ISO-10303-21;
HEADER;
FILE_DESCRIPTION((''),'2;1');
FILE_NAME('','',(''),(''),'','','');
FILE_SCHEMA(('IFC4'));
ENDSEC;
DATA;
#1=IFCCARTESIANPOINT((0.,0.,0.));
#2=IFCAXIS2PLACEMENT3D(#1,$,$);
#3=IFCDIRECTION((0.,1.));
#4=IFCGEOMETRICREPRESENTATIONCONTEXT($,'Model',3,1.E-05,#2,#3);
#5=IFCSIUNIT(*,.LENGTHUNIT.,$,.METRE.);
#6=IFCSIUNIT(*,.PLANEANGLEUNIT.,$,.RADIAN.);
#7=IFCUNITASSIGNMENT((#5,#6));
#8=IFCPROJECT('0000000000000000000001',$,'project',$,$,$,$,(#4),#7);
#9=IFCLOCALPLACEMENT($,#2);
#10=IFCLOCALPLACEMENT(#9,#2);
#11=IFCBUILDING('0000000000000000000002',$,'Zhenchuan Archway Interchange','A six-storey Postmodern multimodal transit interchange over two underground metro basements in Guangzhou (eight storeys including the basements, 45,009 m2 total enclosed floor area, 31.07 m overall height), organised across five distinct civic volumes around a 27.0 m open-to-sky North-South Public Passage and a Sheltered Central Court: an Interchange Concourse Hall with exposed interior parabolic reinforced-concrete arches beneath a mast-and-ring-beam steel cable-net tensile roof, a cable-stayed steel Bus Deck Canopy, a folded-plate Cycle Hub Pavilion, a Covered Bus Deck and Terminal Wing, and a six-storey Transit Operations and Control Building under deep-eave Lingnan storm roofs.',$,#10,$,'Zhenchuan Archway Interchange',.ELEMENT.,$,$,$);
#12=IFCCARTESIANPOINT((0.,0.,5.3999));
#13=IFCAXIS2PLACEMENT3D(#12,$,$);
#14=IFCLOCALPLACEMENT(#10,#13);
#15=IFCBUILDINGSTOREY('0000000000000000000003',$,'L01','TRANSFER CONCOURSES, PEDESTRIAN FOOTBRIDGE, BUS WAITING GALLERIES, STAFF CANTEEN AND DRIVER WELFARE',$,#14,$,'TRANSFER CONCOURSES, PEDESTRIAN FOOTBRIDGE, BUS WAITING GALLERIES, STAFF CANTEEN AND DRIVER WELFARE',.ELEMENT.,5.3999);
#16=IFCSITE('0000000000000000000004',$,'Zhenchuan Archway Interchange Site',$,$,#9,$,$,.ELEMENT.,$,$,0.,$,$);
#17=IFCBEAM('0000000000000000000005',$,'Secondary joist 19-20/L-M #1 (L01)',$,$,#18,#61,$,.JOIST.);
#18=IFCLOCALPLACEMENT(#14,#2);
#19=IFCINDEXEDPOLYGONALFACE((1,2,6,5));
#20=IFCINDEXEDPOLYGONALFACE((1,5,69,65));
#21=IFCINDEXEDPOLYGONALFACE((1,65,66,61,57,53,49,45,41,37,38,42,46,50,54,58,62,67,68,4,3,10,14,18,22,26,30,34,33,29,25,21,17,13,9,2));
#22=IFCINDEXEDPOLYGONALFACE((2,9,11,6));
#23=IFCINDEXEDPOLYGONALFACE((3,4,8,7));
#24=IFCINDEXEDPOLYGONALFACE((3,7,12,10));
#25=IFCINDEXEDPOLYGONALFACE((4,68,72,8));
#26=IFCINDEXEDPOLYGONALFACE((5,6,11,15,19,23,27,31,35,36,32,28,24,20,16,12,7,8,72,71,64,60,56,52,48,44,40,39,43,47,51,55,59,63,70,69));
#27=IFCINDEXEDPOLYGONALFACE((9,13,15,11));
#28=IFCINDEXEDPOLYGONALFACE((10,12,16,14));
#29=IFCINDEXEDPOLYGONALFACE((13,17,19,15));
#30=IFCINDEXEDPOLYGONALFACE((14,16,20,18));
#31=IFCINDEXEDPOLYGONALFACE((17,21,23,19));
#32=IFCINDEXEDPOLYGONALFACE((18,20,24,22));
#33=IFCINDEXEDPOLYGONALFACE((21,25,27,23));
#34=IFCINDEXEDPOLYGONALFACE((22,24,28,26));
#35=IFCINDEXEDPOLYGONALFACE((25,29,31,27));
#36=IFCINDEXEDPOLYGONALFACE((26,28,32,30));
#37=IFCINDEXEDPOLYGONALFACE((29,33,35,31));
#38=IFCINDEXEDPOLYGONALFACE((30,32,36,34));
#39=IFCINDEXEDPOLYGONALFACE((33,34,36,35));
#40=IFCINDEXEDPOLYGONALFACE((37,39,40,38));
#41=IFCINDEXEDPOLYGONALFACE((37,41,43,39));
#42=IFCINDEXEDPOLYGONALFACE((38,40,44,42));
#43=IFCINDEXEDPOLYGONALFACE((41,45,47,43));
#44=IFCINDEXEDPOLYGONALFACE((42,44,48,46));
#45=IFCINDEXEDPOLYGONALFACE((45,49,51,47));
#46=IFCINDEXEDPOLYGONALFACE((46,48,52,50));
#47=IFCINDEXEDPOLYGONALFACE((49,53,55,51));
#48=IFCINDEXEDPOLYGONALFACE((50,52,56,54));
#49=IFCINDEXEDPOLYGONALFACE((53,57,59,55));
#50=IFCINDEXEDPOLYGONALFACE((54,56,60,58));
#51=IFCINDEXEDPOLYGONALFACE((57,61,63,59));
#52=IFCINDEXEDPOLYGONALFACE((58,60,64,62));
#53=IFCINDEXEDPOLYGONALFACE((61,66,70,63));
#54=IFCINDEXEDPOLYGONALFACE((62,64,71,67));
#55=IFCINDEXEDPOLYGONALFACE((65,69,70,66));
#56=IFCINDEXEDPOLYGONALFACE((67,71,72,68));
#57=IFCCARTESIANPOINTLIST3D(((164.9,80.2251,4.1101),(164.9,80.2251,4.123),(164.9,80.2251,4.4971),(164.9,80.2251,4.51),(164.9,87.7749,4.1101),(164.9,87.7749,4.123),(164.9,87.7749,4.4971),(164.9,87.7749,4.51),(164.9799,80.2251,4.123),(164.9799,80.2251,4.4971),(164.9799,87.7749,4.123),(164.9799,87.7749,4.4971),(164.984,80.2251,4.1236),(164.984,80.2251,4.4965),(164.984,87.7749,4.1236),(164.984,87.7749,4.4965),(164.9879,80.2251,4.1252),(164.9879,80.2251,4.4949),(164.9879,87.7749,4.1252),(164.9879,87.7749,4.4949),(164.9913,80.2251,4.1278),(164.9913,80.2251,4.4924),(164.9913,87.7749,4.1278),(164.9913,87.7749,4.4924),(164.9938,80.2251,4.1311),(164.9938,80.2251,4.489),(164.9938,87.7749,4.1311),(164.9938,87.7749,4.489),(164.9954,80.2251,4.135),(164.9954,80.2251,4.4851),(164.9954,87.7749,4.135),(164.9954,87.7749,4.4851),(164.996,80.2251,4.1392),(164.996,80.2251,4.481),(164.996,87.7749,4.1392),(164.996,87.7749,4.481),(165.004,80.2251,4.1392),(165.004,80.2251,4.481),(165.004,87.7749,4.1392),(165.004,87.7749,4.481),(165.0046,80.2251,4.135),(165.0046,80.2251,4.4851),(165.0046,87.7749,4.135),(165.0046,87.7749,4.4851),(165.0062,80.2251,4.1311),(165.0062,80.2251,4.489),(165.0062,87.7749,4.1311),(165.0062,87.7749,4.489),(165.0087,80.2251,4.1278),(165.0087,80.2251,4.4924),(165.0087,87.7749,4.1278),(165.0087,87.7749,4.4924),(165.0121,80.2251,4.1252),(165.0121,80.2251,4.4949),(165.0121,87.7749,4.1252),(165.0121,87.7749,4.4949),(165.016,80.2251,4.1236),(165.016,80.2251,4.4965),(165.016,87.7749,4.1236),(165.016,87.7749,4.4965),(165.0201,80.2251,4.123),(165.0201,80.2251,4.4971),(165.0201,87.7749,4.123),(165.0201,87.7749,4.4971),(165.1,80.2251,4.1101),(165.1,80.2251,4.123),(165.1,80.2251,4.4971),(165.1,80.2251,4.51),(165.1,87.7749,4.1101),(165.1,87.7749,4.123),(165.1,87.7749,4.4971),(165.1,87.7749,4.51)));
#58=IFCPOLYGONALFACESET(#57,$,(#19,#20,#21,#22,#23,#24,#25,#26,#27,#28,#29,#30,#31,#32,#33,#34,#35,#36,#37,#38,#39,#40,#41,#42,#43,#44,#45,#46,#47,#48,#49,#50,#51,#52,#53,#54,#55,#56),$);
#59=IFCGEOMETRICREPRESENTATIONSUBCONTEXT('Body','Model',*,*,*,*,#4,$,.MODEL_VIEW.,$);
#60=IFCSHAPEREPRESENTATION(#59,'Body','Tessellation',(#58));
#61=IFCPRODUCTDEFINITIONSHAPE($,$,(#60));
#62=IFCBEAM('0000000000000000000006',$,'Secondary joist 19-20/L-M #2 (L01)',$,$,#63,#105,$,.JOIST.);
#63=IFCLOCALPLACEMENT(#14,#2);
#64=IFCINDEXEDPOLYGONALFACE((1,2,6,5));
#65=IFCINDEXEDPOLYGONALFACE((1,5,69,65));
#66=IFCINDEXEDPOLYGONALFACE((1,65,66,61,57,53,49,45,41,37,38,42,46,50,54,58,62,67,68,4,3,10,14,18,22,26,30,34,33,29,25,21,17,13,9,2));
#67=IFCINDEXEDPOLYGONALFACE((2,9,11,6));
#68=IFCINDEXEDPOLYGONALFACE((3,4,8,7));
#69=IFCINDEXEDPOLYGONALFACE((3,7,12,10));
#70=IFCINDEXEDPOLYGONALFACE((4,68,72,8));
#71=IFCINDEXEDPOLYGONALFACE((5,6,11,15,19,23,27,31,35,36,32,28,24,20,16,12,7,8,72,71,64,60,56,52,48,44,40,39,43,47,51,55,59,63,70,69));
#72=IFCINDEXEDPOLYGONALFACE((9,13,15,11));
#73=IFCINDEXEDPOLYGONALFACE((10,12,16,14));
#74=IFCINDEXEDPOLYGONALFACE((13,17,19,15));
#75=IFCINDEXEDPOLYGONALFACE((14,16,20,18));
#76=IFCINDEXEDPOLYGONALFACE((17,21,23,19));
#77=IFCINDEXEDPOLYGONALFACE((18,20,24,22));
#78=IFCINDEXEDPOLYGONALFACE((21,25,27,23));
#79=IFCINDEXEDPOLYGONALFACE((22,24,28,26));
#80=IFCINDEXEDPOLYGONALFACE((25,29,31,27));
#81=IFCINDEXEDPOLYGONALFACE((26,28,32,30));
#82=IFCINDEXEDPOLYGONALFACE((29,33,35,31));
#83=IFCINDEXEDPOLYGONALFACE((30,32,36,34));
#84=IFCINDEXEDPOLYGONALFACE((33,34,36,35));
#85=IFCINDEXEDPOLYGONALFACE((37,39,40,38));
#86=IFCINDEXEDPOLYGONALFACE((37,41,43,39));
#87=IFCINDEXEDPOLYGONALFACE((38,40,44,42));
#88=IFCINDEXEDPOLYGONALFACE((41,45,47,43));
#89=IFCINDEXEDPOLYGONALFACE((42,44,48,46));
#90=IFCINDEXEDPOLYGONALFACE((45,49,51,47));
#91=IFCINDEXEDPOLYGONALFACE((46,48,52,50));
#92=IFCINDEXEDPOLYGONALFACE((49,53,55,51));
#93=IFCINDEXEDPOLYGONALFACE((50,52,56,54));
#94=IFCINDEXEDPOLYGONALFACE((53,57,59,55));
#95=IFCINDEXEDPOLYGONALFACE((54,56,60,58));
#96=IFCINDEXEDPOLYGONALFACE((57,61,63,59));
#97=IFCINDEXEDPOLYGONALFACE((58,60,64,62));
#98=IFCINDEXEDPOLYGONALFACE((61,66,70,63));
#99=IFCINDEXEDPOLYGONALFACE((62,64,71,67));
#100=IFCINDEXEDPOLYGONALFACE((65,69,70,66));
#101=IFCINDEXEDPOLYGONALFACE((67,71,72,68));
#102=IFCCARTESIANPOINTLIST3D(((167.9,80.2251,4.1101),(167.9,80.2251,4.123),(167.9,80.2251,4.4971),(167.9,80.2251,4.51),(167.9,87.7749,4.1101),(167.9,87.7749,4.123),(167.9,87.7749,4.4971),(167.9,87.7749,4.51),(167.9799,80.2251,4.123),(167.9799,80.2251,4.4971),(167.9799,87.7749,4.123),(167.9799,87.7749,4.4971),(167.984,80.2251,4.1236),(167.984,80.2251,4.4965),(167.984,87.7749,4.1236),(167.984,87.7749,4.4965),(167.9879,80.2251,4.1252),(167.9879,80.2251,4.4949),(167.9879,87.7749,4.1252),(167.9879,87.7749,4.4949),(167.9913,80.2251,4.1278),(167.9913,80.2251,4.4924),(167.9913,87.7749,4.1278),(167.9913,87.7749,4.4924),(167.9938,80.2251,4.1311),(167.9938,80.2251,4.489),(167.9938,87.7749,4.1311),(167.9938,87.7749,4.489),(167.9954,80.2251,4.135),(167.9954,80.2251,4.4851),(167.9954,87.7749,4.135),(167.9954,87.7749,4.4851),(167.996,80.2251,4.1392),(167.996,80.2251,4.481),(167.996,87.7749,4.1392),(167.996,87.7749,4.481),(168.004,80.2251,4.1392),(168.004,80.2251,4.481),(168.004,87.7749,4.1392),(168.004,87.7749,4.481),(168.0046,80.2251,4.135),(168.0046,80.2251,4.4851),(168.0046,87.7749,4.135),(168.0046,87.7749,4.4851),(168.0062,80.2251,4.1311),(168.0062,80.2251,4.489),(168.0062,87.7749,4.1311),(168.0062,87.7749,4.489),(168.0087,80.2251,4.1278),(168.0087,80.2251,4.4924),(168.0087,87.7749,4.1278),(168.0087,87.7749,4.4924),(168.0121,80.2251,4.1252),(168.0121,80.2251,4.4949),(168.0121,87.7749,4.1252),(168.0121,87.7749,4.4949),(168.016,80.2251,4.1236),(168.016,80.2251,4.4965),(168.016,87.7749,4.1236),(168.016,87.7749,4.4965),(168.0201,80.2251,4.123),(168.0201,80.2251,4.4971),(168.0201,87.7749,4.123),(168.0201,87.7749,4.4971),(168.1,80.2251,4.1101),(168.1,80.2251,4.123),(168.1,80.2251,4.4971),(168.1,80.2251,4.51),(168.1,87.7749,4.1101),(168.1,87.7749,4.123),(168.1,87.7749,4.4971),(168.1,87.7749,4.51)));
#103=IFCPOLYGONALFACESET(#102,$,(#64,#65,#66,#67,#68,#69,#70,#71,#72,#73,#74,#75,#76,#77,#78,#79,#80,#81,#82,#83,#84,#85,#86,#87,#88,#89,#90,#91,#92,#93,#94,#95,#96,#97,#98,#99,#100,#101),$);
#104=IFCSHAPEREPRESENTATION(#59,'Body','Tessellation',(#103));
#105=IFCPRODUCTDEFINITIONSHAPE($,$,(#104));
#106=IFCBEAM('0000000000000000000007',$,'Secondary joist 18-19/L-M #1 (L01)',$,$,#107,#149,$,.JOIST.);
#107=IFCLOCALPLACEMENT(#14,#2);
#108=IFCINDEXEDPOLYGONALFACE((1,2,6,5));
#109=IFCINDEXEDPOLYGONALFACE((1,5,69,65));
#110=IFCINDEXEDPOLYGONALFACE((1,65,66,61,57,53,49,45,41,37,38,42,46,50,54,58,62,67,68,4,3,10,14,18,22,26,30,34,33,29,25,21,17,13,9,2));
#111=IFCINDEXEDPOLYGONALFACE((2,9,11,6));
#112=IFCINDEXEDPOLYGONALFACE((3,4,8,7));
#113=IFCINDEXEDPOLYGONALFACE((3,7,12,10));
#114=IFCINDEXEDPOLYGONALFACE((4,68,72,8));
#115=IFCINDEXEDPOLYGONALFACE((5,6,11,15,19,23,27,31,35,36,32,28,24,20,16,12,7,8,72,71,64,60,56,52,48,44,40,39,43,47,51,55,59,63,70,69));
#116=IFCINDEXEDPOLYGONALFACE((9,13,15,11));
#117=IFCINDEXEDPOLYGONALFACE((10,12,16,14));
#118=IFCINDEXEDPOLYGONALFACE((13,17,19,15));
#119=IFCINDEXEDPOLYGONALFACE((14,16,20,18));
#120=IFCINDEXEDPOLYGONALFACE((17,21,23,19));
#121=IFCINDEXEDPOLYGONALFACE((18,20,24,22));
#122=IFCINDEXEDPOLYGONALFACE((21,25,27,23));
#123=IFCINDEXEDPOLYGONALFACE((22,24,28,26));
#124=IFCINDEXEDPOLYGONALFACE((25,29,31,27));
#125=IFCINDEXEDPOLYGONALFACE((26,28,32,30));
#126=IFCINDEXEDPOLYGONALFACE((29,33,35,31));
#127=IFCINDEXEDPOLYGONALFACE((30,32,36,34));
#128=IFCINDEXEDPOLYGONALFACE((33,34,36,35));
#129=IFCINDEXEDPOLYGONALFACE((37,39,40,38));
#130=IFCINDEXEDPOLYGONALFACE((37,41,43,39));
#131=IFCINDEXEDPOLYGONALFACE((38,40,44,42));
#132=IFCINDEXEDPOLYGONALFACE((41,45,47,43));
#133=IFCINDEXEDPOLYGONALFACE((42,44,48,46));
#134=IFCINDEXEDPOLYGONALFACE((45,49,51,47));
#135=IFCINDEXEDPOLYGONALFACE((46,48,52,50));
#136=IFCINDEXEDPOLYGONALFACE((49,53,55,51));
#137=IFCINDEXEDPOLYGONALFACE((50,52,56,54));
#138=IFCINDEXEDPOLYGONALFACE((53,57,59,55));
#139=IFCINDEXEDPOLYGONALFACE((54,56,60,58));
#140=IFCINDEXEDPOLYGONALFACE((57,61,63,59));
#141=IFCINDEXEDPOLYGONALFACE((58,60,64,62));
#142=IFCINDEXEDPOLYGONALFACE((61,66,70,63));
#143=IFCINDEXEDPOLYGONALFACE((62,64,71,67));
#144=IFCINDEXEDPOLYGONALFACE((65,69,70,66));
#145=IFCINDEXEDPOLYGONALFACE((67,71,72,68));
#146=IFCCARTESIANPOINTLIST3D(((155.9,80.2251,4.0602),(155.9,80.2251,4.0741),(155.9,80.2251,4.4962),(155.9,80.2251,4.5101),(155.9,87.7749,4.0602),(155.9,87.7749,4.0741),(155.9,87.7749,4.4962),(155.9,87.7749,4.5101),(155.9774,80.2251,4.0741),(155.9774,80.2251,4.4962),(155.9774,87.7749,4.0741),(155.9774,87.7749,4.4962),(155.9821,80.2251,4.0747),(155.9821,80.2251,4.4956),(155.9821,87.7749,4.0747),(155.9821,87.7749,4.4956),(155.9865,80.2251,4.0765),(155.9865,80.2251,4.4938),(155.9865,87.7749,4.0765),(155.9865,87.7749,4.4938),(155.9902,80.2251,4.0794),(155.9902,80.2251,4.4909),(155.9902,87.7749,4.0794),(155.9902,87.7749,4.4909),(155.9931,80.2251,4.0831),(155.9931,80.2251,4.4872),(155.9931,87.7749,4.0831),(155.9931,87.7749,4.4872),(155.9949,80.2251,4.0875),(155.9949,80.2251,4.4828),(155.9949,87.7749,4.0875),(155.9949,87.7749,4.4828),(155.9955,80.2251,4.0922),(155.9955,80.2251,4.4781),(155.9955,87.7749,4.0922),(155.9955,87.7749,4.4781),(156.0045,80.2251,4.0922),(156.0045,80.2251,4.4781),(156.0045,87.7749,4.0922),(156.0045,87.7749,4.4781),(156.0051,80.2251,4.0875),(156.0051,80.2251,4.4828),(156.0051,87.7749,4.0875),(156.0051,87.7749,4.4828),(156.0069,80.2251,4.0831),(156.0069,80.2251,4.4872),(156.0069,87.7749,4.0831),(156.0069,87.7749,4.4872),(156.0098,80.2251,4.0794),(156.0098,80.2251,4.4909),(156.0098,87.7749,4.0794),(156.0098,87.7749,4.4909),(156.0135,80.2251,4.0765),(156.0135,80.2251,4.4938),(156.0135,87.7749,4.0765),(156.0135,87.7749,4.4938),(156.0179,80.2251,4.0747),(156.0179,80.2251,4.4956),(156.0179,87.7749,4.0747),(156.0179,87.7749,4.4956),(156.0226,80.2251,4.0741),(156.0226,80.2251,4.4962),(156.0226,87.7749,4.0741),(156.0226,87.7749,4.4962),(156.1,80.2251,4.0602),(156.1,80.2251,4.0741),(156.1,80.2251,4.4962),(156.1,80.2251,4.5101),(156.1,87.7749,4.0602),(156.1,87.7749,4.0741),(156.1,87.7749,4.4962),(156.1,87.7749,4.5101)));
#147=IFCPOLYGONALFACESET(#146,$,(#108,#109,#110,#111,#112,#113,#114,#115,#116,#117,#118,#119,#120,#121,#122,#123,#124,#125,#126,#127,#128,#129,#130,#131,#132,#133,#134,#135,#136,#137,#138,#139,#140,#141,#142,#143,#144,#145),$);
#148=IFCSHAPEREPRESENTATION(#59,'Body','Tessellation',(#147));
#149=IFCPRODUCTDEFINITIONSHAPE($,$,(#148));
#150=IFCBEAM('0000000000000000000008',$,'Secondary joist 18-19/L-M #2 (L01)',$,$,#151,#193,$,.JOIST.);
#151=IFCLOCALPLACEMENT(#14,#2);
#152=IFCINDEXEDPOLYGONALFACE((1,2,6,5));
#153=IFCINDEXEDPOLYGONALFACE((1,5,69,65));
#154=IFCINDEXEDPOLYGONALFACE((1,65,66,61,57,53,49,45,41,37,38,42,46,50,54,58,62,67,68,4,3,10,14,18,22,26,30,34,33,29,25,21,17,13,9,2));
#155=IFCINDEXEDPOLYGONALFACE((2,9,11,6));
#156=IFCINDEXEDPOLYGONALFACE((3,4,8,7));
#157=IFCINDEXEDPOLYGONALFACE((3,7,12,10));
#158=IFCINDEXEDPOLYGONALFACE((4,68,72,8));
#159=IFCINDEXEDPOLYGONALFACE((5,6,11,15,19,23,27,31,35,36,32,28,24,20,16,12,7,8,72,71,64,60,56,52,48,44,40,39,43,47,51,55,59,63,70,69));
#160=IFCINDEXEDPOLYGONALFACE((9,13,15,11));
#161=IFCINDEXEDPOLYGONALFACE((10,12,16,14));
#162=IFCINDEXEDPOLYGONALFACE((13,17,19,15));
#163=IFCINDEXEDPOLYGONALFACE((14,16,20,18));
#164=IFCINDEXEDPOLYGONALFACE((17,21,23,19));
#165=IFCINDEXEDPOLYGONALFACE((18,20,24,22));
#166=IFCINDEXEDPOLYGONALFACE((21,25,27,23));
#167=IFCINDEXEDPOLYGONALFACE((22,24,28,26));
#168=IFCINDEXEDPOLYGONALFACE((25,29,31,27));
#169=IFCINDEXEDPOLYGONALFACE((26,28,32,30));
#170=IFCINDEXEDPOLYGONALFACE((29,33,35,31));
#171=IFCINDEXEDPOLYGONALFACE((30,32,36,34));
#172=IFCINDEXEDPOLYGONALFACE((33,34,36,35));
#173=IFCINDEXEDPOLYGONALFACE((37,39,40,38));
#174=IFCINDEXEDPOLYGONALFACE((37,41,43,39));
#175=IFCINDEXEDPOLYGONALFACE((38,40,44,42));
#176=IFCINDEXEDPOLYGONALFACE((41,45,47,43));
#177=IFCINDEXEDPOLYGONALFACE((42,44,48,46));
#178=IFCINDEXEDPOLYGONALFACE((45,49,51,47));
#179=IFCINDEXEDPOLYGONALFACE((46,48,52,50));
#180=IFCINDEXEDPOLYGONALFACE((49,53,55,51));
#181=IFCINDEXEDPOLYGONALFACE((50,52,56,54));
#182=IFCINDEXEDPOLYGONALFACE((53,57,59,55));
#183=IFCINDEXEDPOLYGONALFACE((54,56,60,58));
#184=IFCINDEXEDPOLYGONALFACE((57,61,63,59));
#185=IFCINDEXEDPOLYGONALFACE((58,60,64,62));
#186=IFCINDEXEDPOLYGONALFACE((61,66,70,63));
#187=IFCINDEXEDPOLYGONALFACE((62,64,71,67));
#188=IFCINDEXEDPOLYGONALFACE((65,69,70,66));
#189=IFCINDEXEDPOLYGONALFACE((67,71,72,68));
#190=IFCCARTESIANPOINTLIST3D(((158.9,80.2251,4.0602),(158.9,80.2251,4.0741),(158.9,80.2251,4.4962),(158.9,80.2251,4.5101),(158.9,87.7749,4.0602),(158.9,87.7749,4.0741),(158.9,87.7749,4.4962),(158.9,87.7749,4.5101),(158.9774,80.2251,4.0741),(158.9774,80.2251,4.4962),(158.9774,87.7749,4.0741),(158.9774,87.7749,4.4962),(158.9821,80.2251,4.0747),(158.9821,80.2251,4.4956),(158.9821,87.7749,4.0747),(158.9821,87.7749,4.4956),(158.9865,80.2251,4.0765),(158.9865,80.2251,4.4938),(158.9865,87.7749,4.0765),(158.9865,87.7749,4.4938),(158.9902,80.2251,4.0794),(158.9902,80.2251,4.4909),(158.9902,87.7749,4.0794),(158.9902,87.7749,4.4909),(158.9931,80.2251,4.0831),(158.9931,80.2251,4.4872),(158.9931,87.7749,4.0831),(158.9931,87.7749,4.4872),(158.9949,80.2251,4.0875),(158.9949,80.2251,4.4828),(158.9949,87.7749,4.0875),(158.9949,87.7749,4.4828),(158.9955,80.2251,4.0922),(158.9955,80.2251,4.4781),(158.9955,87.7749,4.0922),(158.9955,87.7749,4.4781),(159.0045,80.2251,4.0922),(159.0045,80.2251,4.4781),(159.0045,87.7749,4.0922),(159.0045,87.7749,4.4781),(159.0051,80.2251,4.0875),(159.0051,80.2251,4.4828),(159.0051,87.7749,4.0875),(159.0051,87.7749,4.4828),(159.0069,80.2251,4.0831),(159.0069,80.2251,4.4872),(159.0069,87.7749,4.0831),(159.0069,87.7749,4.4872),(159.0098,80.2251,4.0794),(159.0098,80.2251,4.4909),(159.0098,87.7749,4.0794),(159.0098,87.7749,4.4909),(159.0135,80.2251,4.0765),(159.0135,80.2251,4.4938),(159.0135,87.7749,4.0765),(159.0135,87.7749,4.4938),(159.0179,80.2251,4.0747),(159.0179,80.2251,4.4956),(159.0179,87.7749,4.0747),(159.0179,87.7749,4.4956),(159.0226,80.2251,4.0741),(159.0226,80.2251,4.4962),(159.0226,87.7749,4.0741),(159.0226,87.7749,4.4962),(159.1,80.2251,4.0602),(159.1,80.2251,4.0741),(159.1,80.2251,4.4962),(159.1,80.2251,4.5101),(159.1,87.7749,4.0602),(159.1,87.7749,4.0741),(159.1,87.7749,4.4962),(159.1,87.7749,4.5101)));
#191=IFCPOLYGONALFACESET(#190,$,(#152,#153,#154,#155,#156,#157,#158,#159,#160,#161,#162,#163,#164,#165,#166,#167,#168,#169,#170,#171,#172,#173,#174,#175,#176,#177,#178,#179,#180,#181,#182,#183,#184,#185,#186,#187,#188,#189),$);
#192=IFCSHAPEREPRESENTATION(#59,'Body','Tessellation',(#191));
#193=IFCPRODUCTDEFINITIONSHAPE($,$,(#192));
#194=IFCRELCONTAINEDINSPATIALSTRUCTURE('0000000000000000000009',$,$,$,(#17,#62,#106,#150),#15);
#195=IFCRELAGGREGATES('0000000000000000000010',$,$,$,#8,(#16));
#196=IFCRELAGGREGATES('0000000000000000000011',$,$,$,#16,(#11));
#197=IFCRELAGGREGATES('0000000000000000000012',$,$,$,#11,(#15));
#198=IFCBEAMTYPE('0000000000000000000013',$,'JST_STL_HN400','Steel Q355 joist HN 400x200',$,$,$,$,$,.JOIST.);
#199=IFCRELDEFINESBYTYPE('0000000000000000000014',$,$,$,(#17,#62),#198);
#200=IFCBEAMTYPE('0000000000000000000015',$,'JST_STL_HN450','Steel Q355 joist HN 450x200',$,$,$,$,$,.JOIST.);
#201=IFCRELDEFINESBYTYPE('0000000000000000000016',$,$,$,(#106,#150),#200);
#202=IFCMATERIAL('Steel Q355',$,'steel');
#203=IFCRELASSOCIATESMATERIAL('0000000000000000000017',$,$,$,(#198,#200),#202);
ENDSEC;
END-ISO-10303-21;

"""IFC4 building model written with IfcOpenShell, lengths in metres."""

from ifc_helpers import new_model, si_unit, direction, frame, origin, origin_2d, place, context, subcontext, project, spatial, i_section, extrude, material, material_profile, profile_set, type_object, element, save


model = new_model("IFC4")

# Units and contexts
model_context = context("Model", 3, precision=1e-05, world=origin(), true_north=direction((0.0, 1.0)))
body_context = subcontext(model_context, "Body", "Model", "MODEL_VIEW")
ifc_project = project(units=[si_unit("LENGTHUNIT", "METRE"), si_unit("PLANEANGLEUNIT", "RADIAN")], contexts=[model_context])

# Site, building, storey
site_placement = place(None, origin())
site = spatial("IfcSite", under=ifc_project, at=site_placement, Name="Zhenchuan Archway Interchange Site", CompositionType="ELEMENT", RefElevation=0.0)
building_placement = place(site_placement, origin())
building = spatial("IfcBuilding", under=site, at=building_placement, Name="Zhenchuan Archway Interchange", Description="A six-storey Postmodern multimodal transit interchange over two underground metro basements in Guangzhou (eight storeys including the basements, 45,009 m2 total enclosed floor area, 31.07 m overall height), organised across five distinct civic volumes around a 27.0 m open-to-sky North-South Public Passage and a Sheltered Central Court: an Interchange Concourse Hall with exposed interior parabolic reinforced-concrete arches beneath a mast-and-ring-beam steel cable-net tensile roof, a cable-stayed steel Bus Deck Canopy, a folded-plate Cycle Hub Pavilion, a Covered Bus Deck and Terminal Wing, and a six-storey Transit Operations and Control Building under deep-eave Lingnan storm roofs.", LongName="Zhenchuan Archway Interchange", CompositionType="ELEMENT")
storey_placement = place(building_placement, frame((0.0, 0.0, 5.3999)))
storey = spatial("IfcBuildingStorey", under=building, at=storey_placement, Name="L01", Description="TRANSFER CONCOURSES, PEDESTRIAN FOOTBRIDGE, BUS WAITING GALLERIES, STAFF CANTEEN AND DRIVER WELFARE", LongName="TRANSFER CONCOURSES, PEDESTRIAN FOOTBRIDGE, BUS WAITING GALLERIES, STAFF CANTEEN AND DRIVER WELFARE", CompositionType="ELEMENT", Elevation=5.3999)

# Beams
ifc_material_1 = material(Name="Steel Q355", Category="steel")
ifc_material_profile_1 = material_profile(ifc_material_1, i_section(OverallWidth=0.2, OverallDepth=0.3999, WebThickness=0.0081, FlangeThickness=0.0129, FilletRadius=0.0161, at=origin_2d()), Name="HN 400x200")
ifc_profile_set_1 = profile_set([ifc_material_profile_1], Name="Steel Q355")
beam_type_1 = type_object("IfcBeamType", Name="JST_STL_HN400", Description="Steel Q355 joist HN 400x200", PredefinedType="JOIST", material=ifc_profile_set_1)
for number, where, z_axis, x_axis, name in (
    (1, (165.0, 80.2251, 4.3101), (0.0, 1.0, 0.0), (-1.0, 0.0, 0.0), "Secondary joist 19-20/L-M #1 (L01)"),
    (2, (168.0, 80.2251, 4.3101), (0.0, 1.0, 0.0), (-1.0, 0.0, 0.0), "Secondary joist 19-20/L-M #2 (L01)"),
):
    element("IfcBeam", number, at=place(storey_placement, frame(where, z_axis=z_axis, x_axis=x_axis)), inside=storey, type_object=beam_type_1, Name=name, PredefinedType="JOIST", context=body_context, shape_type="SweptSolid", body=[
        extrude(i_section(OverallWidth=0.2, OverallDepth=0.3999, WebThickness=0.0081, FlangeThickness=0.0129, FilletRadius=0.0161, at=origin_2d()), origin(), (0.0, 0.0, 1.0), 7.5498),
    ])
ifc_material_profile_2 = material_profile(ifc_material_1, i_section(OverallWidth=0.2, OverallDepth=0.45, WebThickness=0.009, FlangeThickness=0.0139, FilletRadius=0.0181, at=origin_2d()), Name="HN 450x200")
ifc_profile_set_2 = profile_set([ifc_material_profile_2], Name="Steel Q355")
beam_type_2 = type_object("IfcBeamType", Name="JST_STL_HN450", Description="Steel Q355 joist HN 450x200", PredefinedType="JOIST", material=ifc_profile_set_2)
for number, where, z_axis, x_axis, name in (
    (3, (156.0, 80.2251, 4.2852), (0.0, 1.0, 0.0), (-1.0, 0.0, 0.0), "Secondary joist 18-19/L-M #1 (L01)"),
    (4, (159.0, 80.2251, 4.2852), (0.0, 1.0, 0.0), (-1.0, 0.0, 0.0), "Secondary joist 18-19/L-M #2 (L01)"),
):
    element("IfcBeam", number, at=place(storey_placement, frame(where, z_axis=z_axis, x_axis=x_axis)), inside=storey, type_object=beam_type_2, Name=name, PredefinedType="JOIST", context=body_context, shape_type="SweptSolid", body=[
        extrude(i_section(OverallWidth=0.2, OverallDepth=0.45, WebThickness=0.009, FlangeThickness=0.0139, FilletRadius=0.0181, at=origin_2d()), origin(), (0.0, 0.0, 1.0), 7.5498),
    ])

save(model, "model.ifc")
